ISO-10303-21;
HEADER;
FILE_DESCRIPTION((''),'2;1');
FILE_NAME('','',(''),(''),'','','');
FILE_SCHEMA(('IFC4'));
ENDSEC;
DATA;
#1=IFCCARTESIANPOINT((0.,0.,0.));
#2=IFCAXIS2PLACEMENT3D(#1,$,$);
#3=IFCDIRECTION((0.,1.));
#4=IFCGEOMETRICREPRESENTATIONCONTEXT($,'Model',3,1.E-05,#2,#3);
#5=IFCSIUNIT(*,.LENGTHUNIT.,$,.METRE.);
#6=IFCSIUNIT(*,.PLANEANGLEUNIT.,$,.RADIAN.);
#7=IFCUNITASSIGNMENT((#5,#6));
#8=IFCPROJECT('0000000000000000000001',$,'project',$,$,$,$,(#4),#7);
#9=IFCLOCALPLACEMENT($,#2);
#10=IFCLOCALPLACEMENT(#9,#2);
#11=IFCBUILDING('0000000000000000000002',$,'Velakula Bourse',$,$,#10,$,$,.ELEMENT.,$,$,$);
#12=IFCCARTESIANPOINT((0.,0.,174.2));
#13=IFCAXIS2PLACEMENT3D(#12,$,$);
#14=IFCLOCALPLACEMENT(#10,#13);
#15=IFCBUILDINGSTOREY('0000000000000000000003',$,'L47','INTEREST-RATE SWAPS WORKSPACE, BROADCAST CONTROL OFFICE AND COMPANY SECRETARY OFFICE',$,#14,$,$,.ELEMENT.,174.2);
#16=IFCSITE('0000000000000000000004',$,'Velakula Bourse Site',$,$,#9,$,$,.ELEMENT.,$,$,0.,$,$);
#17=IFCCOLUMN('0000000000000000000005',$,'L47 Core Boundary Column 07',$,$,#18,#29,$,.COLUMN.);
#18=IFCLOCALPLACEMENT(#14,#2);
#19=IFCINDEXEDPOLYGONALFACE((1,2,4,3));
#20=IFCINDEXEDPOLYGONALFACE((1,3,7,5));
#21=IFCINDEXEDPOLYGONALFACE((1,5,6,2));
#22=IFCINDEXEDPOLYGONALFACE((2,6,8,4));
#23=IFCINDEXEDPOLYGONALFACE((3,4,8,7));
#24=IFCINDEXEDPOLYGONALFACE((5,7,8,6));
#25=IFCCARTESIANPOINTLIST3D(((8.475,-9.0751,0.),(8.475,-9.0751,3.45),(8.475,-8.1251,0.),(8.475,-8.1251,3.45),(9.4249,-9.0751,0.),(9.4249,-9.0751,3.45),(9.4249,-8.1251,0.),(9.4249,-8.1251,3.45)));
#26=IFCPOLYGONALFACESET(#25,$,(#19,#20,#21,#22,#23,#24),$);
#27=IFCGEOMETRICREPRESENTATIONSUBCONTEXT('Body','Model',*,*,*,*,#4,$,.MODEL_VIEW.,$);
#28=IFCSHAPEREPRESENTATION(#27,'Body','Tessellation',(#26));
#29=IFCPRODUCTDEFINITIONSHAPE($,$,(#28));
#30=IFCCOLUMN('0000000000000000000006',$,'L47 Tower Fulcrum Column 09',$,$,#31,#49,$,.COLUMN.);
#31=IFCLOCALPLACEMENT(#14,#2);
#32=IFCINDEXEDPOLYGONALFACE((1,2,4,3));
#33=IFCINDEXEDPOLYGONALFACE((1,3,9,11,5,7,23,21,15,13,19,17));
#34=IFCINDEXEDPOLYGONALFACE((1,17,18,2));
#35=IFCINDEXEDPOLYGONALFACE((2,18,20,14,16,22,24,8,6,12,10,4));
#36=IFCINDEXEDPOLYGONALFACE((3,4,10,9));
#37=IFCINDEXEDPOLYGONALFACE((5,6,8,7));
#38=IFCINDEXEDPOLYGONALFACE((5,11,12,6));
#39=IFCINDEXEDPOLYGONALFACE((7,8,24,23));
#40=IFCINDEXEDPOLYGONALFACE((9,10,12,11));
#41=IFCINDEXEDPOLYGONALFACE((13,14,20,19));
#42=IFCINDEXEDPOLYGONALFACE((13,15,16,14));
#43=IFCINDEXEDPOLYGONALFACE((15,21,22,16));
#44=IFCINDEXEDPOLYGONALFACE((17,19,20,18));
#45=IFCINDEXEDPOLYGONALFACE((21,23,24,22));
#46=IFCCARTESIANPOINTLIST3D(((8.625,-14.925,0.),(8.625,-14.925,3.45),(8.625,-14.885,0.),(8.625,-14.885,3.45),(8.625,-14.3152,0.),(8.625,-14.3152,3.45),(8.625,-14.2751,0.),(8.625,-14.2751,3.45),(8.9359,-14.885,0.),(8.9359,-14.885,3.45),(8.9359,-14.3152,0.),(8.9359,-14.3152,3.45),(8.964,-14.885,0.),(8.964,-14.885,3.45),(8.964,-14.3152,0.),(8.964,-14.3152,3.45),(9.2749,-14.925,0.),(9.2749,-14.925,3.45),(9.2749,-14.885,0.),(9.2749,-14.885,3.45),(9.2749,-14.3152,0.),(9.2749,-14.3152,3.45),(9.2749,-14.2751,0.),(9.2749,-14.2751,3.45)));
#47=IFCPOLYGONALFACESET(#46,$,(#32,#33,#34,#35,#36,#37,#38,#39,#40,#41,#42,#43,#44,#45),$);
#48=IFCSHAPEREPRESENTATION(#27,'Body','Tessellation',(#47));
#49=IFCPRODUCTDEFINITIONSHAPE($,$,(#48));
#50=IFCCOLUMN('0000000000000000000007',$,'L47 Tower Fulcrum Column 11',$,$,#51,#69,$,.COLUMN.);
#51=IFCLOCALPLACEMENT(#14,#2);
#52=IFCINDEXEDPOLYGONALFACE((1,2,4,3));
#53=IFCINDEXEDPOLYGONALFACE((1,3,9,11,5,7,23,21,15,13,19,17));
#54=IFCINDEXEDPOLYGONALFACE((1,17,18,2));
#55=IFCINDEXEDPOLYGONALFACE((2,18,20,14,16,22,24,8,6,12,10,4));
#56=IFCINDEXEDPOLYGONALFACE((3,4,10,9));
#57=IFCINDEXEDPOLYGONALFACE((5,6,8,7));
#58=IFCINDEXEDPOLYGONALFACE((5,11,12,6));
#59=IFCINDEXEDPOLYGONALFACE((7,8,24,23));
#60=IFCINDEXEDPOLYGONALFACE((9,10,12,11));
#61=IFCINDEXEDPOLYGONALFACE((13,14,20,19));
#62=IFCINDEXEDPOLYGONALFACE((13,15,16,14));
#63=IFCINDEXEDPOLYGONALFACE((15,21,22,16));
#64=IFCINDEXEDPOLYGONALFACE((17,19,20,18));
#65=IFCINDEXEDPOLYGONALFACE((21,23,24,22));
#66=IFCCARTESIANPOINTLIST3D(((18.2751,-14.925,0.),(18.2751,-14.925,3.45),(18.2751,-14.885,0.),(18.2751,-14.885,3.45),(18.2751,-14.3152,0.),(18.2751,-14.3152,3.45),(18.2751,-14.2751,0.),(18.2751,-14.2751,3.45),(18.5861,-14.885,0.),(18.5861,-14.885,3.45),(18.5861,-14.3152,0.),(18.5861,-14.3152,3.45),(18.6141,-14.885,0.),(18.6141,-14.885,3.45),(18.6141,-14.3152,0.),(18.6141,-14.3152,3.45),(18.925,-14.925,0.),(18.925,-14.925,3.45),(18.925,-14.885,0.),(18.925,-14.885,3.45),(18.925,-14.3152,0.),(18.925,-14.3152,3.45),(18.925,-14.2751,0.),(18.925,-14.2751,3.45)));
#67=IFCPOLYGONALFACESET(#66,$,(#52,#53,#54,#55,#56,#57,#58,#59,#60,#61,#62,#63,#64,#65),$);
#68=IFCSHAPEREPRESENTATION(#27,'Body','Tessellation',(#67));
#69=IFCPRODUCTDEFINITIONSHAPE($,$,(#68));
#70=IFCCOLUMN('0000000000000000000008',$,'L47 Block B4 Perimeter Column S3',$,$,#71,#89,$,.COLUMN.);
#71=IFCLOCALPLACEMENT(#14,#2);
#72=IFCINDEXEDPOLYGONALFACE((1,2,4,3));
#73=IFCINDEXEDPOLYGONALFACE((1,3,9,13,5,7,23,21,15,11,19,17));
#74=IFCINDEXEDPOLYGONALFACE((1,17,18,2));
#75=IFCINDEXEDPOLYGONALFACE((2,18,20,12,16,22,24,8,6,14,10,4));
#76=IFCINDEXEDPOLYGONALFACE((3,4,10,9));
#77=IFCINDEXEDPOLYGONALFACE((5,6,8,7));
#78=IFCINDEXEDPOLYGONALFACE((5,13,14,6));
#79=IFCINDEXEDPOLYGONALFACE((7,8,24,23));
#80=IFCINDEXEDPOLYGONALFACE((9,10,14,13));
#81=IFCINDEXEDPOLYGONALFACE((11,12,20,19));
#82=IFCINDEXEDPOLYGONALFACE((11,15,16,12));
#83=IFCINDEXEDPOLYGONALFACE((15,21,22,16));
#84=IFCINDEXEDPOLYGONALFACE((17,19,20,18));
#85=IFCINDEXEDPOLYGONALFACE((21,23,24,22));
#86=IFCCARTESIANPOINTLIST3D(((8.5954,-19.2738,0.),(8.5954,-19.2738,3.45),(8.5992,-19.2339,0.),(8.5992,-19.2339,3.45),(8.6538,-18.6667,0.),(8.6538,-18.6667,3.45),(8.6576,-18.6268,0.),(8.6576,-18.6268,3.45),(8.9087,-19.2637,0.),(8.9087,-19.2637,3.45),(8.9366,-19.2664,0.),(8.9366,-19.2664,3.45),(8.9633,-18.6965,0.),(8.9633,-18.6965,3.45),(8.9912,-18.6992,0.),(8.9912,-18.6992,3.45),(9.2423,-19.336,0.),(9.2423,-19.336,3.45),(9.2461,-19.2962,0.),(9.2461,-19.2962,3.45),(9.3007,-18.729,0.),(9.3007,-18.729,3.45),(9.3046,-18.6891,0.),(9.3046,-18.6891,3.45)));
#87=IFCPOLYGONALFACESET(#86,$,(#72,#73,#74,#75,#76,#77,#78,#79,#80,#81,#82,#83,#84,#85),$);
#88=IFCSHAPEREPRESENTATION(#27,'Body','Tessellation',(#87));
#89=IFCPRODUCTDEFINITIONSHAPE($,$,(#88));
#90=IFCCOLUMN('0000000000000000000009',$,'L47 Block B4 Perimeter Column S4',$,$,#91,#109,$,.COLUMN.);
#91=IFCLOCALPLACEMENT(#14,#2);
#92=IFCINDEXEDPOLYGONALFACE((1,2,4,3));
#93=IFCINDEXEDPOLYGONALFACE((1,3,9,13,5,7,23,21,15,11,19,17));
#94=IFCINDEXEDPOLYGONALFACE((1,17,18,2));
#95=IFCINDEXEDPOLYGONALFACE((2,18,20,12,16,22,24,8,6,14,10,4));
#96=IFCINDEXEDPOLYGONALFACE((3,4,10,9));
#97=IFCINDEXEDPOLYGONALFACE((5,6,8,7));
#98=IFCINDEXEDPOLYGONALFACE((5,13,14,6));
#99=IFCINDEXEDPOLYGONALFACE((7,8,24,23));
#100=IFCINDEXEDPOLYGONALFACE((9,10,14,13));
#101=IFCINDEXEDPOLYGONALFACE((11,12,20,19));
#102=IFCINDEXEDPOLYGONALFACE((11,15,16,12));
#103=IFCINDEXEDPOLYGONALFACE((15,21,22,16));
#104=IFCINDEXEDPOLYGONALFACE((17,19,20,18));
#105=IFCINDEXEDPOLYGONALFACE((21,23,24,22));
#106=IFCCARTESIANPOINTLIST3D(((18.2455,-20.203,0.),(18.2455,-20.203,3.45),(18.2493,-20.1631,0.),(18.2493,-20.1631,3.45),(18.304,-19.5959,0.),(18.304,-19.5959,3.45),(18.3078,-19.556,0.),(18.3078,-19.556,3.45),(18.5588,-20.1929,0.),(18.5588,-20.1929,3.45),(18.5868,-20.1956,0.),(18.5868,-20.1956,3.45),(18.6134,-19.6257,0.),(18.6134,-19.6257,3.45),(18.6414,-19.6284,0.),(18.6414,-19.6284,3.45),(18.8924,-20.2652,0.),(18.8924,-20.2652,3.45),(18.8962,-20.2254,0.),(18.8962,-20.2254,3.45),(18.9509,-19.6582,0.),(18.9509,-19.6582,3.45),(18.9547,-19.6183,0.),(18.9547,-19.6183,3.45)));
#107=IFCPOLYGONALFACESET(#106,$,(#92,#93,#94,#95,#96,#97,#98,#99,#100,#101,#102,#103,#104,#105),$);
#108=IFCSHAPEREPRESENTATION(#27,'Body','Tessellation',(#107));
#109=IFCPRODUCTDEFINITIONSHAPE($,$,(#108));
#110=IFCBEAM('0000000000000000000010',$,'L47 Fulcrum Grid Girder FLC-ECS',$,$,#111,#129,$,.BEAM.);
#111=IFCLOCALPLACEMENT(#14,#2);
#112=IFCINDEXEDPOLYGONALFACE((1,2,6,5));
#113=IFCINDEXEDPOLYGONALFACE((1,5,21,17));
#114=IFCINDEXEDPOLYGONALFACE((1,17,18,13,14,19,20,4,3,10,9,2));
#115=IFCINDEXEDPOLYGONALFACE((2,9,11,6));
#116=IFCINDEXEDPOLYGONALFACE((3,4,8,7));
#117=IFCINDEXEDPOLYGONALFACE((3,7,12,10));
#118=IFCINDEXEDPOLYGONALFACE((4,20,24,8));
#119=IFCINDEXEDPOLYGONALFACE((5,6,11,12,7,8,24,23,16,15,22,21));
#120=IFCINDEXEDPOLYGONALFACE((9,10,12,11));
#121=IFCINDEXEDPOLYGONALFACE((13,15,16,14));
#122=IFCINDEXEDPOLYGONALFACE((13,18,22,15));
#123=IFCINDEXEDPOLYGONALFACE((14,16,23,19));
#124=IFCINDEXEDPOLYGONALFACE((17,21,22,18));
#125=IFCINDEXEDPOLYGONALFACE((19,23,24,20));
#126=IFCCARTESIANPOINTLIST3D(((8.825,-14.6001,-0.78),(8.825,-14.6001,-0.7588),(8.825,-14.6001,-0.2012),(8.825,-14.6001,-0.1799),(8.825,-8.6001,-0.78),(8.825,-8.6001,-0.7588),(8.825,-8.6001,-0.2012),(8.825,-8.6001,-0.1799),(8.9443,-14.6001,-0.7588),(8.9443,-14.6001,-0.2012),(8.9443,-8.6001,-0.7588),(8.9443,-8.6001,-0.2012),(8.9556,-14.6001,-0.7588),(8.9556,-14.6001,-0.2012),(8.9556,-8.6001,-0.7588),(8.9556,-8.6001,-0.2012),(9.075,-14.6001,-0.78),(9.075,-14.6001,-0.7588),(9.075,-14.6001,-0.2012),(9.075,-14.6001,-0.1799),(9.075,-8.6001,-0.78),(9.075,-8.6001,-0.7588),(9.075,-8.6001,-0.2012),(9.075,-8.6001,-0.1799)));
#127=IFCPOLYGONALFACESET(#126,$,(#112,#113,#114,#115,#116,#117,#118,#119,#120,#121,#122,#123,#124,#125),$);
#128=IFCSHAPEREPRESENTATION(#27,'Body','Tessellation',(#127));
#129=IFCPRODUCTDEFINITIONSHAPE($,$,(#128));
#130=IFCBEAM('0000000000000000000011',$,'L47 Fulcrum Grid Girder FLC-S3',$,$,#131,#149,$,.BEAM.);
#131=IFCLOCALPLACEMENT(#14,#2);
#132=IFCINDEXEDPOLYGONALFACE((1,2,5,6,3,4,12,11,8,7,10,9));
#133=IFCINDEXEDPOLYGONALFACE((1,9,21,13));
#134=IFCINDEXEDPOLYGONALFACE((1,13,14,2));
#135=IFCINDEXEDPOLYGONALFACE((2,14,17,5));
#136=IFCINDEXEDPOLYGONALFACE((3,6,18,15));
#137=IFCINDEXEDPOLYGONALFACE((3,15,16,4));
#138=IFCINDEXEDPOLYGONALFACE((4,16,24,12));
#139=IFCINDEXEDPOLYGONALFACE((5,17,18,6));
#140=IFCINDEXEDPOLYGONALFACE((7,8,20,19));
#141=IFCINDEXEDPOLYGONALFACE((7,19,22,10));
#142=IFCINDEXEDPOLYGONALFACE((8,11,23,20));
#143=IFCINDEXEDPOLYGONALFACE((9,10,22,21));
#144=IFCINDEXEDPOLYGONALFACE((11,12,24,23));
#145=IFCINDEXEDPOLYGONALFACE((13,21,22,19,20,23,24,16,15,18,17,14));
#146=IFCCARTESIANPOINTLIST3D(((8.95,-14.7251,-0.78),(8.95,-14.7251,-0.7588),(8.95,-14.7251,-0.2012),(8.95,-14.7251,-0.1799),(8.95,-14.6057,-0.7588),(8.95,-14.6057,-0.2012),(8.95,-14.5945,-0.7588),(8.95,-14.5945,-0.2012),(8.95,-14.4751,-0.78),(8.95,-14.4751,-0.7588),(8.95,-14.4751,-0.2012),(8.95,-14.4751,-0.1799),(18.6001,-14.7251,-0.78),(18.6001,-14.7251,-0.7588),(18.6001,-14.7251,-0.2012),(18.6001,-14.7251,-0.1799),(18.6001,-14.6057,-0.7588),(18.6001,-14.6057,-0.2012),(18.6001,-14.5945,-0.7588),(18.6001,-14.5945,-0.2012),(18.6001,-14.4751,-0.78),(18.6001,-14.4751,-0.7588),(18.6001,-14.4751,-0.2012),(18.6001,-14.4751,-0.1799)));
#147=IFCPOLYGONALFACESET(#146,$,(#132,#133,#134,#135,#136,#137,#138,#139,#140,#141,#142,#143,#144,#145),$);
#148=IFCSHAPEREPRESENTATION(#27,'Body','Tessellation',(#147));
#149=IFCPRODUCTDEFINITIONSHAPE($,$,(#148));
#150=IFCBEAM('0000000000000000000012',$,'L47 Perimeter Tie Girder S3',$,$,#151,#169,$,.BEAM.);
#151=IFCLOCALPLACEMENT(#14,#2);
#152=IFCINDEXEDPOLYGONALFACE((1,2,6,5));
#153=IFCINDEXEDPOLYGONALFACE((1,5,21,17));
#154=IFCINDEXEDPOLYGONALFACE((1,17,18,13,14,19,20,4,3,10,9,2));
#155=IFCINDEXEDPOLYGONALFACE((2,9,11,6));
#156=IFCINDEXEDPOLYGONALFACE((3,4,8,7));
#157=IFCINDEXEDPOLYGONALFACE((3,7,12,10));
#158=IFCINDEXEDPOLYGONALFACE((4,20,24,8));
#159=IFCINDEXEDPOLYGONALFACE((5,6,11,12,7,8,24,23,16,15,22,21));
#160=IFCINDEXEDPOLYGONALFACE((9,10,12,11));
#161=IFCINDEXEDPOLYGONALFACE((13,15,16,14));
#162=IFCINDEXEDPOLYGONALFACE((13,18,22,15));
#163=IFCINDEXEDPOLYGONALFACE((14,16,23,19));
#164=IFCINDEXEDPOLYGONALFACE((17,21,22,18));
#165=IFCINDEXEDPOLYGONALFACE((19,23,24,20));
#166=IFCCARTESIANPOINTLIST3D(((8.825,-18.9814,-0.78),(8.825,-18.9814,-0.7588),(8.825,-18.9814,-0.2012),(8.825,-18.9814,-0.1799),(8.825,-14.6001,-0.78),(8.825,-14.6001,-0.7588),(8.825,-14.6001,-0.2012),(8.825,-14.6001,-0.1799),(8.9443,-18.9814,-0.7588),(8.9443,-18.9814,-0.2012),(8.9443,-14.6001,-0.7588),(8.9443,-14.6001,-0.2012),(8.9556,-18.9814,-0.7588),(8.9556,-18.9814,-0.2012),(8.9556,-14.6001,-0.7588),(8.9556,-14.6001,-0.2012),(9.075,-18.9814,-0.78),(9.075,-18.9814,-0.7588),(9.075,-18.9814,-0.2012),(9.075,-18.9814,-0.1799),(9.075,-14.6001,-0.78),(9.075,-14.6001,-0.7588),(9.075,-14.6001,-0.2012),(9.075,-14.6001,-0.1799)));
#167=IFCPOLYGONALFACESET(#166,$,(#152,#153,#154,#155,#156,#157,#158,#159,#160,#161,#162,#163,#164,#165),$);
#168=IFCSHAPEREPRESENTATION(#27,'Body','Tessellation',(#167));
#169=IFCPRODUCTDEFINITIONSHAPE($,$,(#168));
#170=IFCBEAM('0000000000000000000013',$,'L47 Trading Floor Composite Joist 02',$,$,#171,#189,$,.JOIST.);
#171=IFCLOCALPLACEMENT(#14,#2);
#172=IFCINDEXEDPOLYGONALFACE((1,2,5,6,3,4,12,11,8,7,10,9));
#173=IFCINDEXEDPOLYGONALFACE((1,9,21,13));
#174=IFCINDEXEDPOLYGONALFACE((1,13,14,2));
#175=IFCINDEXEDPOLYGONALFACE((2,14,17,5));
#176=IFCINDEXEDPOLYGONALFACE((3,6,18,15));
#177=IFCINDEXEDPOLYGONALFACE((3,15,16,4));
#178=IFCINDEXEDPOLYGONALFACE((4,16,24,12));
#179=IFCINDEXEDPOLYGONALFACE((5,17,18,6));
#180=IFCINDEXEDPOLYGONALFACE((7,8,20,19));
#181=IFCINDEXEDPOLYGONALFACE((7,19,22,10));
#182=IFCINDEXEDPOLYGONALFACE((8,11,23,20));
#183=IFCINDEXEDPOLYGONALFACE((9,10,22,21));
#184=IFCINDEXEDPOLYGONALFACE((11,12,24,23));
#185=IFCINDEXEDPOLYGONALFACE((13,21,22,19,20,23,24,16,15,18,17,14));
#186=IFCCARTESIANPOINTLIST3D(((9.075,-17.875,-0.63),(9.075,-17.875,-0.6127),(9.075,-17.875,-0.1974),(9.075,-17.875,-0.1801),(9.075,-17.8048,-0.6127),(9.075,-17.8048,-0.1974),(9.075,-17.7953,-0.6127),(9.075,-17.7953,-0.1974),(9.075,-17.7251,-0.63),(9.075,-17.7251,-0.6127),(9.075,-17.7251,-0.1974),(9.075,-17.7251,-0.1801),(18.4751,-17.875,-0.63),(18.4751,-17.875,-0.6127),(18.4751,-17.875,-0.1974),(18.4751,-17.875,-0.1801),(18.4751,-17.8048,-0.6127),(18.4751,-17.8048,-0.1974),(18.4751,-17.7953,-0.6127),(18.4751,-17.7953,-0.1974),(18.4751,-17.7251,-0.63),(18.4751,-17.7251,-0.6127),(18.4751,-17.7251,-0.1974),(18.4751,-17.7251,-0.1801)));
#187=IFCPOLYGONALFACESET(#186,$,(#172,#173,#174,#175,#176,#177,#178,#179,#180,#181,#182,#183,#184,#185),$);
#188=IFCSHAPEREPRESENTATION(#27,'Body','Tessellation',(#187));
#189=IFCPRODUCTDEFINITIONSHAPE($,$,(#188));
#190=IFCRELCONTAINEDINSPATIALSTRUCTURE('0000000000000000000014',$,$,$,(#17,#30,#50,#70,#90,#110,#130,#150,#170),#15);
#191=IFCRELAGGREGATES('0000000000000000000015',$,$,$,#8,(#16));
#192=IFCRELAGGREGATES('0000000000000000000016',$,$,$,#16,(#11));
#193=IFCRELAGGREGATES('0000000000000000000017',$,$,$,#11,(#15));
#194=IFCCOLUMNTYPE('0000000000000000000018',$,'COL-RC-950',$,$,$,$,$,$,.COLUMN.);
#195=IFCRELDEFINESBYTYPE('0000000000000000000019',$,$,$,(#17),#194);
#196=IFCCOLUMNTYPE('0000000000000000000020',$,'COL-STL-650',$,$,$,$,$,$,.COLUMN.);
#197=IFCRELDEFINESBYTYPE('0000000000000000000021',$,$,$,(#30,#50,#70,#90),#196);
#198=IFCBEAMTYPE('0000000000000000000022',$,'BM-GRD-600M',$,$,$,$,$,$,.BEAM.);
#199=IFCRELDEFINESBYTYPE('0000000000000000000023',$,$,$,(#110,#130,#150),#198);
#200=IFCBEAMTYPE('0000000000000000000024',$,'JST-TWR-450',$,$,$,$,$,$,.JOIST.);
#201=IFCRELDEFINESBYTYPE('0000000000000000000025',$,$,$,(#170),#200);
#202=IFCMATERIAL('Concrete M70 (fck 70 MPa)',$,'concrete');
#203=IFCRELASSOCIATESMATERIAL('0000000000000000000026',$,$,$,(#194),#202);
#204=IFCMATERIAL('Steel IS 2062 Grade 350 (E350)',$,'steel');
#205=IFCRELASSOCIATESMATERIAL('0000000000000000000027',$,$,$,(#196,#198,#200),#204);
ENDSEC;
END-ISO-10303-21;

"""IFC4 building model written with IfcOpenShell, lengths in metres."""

from ifc_helpers import new_model, si_unit, direction, frame, origin, origin_2d, place, context, subcontext, project, spatial, rectangle, i_section, extrude, material, material_profile, profile_set, type_object, element, save


model = new_model("IFC4")

# Units and contexts
model_context = context("Model", 3, precision=1e-05, world=origin(), true_north=direction((0.0, 1.0)))
body_context = subcontext(model_context, "Body", "Model", "MODEL_VIEW")
ifc_project = project(units=[si_unit("LENGTHUNIT", "METRE"), si_unit("PLANEANGLEUNIT", "RADIAN")], contexts=[model_context])

# Site, building, storey
site_placement = place(None, origin())
site = spatial("IfcSite", under=ifc_project, at=site_placement, Name="Velakula Bourse Site", CompositionType="ELEMENT", RefElevation=0.0)
building_placement = place(site_placement, origin())
building = spatial("IfcBuilding", under=site, at=building_placement, Name="Velakula Bourse", CompositionType="ELEMENT")
storey_placement = place(building_placement, frame((0.0, 0.0, 174.2)))
storey = spatial("IfcBuildingStorey", under=building, at=storey_placement, Name="L47", Description="INTEREST-RATE SWAPS WORKSPACE, BROADCAST CONTROL OFFICE AND COMPANY SECRETARY OFFICE", CompositionType="ELEMENT", Elevation=174.2)

# Columns
ifc_material_1 = material(Name="Concrete M70 (fck 70 MPa)", Category="concrete")
ifc_material_profile_1 = material_profile(ifc_material_1, rectangle(XDim=0.95, YDim=0.95, at=origin_2d()), Name="Concrete M70 (fck 70 MPa)")
ifc_profile_set_1 = profile_set([ifc_material_profile_1], Name="Concrete M70 (fck 70 MPa)")
column_type_1 = type_object("IfcColumnType", Name="COL-RC-950", PredefinedType="COLUMN", material=ifc_profile_set_1)
column_placement = place(storey_placement, frame((8.95, -8.6001, 0.0), z_axis=(0.0, 0.0, 1.0), x_axis=(1.0, 0.0, 0.0)))
element("IfcColumn", 1, at=column_placement, inside=storey, type_object=column_type_1, Name="L47 Core Boundary Column 07", PredefinedType="COLUMN", context=body_context, shape_type="SweptSolid", body=[
    extrude(rectangle(XDim=0.95, YDim=0.95, at=origin_2d()), origin(), (0.0, 0.0, 1.0), 3.45),
])
ifc_material_2 = material(Name="Steel IS 2062 Grade 350 (E350)", Category="steel")
ifc_material_profile_2 = material_profile(ifc_material_2, i_section(OverallWidth=0.6499, OverallDepth=0.6499, WebThickness=0.0281, FlangeThickness=0.04, at=origin_2d()), Name="Steel IS 2062 Grade 350 (E350)")
ifc_profile_set_2 = profile_set([ifc_material_profile_2], Name="Steel IS 2062 Grade 350 (E350)")
column_type_2 = type_object("IfcColumnType", Name="COL-STL-650", PredefinedType="COLUMN", material=ifc_profile_set_2)
for number, where, z_axis, x_axis, name in (
    (2, (8.95, -14.6001, 0.0), (0.0, 0.0, 1.0), (1.0, 0.0, 0.0), "L47 Tower Fulcrum Column 09"),
    (3, (18.6001, -14.6001, 0.0), (0.0, 0.0, 1.0), (1.0, 0.0, 0.0), "L47 Tower Fulcrum Column 11"),
    (4, (8.95, -18.9814, 0.0), (0.0, 0.0, 1.0), (0.995396, -0.095846, 0.0), "L47 Block B4 Perimeter Column S3"),
    (5, (18.6001, -19.9106, 0.0), (0.0, 0.0, 1.0), (0.995396, -0.095846, 0.0), "L47 Block B4 Perimeter Column S4"),
):
    element("IfcColumn", number, at=place(storey_placement, frame(where, z_axis=z_axis, x_axis=x_axis)), inside=storey, type_object=column_type_2, Name=name, PredefinedType="COLUMN", context=body_context, shape_type="SweptSolid", body=[
        extrude(i_section(OverallWidth=0.6499, OverallDepth=0.6499, WebThickness=0.0281, FlangeThickness=0.04, at=origin_2d()), origin(), (0.0, 0.0, 1.0), 3.45),
    ])

# Beams
ifc_material_profile_3 = material_profile(ifc_material_2, i_section(OverallWidth=0.25, OverallDepth=0.6001, WebThickness=0.0112, FlangeThickness=0.0212, at=origin_2d()), Name="Steel IS 2062 Grade 350 (E350)")
ifc_profile_set_3 = profile_set([ifc_material_profile_3], Name="Steel IS 2062 Grade 350 (E350)")
beam_type_1 = type_object("IfcBeamType", Name="BM-GRD-600M", PredefinedType="BEAM", material=ifc_profile_set_3)
beam_1_placement = place(storey_placement, frame((8.95, -14.6001, -0.48), z_axis=(0.0, 1.0, 0.0), x_axis=(-1.0, 0.0, 0.0)))
element("IfcBeam", 6, at=beam_1_placement, inside=storey, type_object=beam_type_1, Name="L47 Fulcrum Grid Girder FLC-ECS", PredefinedType="BEAM", context=body_context, shape_type="SweptSolid", body=[
    extrude(i_section(OverallWidth=0.25, OverallDepth=0.6001, WebThickness=0.0112, FlangeThickness=0.0212, at=origin_2d()), origin(), (0.0, 0.0, 1.0), 6.0),
])
beam_2_placement = place(storey_placement, frame((8.95, -14.6001, -0.48), z_axis=(1.0, 0.0, 0.0), x_axis=(0.0, 1.0, 0.0)))
element("IfcBeam", 7, at=beam_2_placement, inside=storey, type_object=beam_type_1, Name="L47 Fulcrum Grid Girder FLC-S3", PredefinedType="BEAM", context=body_context, shape_type="SweptSolid", body=[
    extrude(i_section(OverallWidth=0.25, OverallDepth=0.6001, WebThickness=0.0112, FlangeThickness=0.0212, at=origin_2d()), origin(), (0.0, 0.0, 1.0), 9.6501),
])
beam_3_placement = place(storey_placement, frame((8.95, -14.6001, -0.48), z_axis=(0.0, -1.0, 0.0), x_axis=(1.0, 0.0, 0.0)))
element("IfcBeam", 8, at=beam_3_placement, inside=storey, type_object=beam_type_1, Name="L47 Perimeter Tie Girder S3", PredefinedType="BEAM", context=body_context, shape_type="SweptSolid", body=[
    extrude(i_section(OverallWidth=0.25, OverallDepth=0.6001, WebThickness=0.0112, FlangeThickness=0.0212, at=origin_2d()), origin(), (0.0, 0.0, 1.0), 4.3813),
])
ifc_material_profile_4 = material_profile(ifc_material_2, i_section(OverallWidth=0.1499, OverallDepth=0.45, WebThickness=0.0095, FlangeThickness=0.0173, at=origin_2d()), Name="Steel IS 2062 Grade 350 (E350)")
ifc_profile_set_4 = profile_set([ifc_material_profile_4], Name="Steel IS 2062 Grade 350 (E350)")
beam_type_2 = type_object("IfcBeamType", Name="JST-TWR-450", PredefinedType="JOIST", material=ifc_profile_set_4)
for number, where, z_axis, x_axis, name in (
    (9, (9.075, -17.8, -0.405), (1.0, 0.0, 0.0), (0.0, 1.0, 0.0), "L47 Trading Floor Composite Joist 02"),
):
    element("IfcBeam", number, at=place(storey_placement, frame(where, z_axis=z_axis, x_axis=x_axis)), inside=storey, type_object=beam_type_2, Name=name, PredefinedType="JOIST", context=body_context, shape_type="SweptSolid", body=[
        extrude(i_section(OverallWidth=0.1499, OverallDepth=0.45, WebThickness=0.0095, FlangeThickness=0.0173, at=origin_2d()), origin(), (0.0, 0.0, 1.0), 9.4001),
    ])

save(model, "model.ifc")
